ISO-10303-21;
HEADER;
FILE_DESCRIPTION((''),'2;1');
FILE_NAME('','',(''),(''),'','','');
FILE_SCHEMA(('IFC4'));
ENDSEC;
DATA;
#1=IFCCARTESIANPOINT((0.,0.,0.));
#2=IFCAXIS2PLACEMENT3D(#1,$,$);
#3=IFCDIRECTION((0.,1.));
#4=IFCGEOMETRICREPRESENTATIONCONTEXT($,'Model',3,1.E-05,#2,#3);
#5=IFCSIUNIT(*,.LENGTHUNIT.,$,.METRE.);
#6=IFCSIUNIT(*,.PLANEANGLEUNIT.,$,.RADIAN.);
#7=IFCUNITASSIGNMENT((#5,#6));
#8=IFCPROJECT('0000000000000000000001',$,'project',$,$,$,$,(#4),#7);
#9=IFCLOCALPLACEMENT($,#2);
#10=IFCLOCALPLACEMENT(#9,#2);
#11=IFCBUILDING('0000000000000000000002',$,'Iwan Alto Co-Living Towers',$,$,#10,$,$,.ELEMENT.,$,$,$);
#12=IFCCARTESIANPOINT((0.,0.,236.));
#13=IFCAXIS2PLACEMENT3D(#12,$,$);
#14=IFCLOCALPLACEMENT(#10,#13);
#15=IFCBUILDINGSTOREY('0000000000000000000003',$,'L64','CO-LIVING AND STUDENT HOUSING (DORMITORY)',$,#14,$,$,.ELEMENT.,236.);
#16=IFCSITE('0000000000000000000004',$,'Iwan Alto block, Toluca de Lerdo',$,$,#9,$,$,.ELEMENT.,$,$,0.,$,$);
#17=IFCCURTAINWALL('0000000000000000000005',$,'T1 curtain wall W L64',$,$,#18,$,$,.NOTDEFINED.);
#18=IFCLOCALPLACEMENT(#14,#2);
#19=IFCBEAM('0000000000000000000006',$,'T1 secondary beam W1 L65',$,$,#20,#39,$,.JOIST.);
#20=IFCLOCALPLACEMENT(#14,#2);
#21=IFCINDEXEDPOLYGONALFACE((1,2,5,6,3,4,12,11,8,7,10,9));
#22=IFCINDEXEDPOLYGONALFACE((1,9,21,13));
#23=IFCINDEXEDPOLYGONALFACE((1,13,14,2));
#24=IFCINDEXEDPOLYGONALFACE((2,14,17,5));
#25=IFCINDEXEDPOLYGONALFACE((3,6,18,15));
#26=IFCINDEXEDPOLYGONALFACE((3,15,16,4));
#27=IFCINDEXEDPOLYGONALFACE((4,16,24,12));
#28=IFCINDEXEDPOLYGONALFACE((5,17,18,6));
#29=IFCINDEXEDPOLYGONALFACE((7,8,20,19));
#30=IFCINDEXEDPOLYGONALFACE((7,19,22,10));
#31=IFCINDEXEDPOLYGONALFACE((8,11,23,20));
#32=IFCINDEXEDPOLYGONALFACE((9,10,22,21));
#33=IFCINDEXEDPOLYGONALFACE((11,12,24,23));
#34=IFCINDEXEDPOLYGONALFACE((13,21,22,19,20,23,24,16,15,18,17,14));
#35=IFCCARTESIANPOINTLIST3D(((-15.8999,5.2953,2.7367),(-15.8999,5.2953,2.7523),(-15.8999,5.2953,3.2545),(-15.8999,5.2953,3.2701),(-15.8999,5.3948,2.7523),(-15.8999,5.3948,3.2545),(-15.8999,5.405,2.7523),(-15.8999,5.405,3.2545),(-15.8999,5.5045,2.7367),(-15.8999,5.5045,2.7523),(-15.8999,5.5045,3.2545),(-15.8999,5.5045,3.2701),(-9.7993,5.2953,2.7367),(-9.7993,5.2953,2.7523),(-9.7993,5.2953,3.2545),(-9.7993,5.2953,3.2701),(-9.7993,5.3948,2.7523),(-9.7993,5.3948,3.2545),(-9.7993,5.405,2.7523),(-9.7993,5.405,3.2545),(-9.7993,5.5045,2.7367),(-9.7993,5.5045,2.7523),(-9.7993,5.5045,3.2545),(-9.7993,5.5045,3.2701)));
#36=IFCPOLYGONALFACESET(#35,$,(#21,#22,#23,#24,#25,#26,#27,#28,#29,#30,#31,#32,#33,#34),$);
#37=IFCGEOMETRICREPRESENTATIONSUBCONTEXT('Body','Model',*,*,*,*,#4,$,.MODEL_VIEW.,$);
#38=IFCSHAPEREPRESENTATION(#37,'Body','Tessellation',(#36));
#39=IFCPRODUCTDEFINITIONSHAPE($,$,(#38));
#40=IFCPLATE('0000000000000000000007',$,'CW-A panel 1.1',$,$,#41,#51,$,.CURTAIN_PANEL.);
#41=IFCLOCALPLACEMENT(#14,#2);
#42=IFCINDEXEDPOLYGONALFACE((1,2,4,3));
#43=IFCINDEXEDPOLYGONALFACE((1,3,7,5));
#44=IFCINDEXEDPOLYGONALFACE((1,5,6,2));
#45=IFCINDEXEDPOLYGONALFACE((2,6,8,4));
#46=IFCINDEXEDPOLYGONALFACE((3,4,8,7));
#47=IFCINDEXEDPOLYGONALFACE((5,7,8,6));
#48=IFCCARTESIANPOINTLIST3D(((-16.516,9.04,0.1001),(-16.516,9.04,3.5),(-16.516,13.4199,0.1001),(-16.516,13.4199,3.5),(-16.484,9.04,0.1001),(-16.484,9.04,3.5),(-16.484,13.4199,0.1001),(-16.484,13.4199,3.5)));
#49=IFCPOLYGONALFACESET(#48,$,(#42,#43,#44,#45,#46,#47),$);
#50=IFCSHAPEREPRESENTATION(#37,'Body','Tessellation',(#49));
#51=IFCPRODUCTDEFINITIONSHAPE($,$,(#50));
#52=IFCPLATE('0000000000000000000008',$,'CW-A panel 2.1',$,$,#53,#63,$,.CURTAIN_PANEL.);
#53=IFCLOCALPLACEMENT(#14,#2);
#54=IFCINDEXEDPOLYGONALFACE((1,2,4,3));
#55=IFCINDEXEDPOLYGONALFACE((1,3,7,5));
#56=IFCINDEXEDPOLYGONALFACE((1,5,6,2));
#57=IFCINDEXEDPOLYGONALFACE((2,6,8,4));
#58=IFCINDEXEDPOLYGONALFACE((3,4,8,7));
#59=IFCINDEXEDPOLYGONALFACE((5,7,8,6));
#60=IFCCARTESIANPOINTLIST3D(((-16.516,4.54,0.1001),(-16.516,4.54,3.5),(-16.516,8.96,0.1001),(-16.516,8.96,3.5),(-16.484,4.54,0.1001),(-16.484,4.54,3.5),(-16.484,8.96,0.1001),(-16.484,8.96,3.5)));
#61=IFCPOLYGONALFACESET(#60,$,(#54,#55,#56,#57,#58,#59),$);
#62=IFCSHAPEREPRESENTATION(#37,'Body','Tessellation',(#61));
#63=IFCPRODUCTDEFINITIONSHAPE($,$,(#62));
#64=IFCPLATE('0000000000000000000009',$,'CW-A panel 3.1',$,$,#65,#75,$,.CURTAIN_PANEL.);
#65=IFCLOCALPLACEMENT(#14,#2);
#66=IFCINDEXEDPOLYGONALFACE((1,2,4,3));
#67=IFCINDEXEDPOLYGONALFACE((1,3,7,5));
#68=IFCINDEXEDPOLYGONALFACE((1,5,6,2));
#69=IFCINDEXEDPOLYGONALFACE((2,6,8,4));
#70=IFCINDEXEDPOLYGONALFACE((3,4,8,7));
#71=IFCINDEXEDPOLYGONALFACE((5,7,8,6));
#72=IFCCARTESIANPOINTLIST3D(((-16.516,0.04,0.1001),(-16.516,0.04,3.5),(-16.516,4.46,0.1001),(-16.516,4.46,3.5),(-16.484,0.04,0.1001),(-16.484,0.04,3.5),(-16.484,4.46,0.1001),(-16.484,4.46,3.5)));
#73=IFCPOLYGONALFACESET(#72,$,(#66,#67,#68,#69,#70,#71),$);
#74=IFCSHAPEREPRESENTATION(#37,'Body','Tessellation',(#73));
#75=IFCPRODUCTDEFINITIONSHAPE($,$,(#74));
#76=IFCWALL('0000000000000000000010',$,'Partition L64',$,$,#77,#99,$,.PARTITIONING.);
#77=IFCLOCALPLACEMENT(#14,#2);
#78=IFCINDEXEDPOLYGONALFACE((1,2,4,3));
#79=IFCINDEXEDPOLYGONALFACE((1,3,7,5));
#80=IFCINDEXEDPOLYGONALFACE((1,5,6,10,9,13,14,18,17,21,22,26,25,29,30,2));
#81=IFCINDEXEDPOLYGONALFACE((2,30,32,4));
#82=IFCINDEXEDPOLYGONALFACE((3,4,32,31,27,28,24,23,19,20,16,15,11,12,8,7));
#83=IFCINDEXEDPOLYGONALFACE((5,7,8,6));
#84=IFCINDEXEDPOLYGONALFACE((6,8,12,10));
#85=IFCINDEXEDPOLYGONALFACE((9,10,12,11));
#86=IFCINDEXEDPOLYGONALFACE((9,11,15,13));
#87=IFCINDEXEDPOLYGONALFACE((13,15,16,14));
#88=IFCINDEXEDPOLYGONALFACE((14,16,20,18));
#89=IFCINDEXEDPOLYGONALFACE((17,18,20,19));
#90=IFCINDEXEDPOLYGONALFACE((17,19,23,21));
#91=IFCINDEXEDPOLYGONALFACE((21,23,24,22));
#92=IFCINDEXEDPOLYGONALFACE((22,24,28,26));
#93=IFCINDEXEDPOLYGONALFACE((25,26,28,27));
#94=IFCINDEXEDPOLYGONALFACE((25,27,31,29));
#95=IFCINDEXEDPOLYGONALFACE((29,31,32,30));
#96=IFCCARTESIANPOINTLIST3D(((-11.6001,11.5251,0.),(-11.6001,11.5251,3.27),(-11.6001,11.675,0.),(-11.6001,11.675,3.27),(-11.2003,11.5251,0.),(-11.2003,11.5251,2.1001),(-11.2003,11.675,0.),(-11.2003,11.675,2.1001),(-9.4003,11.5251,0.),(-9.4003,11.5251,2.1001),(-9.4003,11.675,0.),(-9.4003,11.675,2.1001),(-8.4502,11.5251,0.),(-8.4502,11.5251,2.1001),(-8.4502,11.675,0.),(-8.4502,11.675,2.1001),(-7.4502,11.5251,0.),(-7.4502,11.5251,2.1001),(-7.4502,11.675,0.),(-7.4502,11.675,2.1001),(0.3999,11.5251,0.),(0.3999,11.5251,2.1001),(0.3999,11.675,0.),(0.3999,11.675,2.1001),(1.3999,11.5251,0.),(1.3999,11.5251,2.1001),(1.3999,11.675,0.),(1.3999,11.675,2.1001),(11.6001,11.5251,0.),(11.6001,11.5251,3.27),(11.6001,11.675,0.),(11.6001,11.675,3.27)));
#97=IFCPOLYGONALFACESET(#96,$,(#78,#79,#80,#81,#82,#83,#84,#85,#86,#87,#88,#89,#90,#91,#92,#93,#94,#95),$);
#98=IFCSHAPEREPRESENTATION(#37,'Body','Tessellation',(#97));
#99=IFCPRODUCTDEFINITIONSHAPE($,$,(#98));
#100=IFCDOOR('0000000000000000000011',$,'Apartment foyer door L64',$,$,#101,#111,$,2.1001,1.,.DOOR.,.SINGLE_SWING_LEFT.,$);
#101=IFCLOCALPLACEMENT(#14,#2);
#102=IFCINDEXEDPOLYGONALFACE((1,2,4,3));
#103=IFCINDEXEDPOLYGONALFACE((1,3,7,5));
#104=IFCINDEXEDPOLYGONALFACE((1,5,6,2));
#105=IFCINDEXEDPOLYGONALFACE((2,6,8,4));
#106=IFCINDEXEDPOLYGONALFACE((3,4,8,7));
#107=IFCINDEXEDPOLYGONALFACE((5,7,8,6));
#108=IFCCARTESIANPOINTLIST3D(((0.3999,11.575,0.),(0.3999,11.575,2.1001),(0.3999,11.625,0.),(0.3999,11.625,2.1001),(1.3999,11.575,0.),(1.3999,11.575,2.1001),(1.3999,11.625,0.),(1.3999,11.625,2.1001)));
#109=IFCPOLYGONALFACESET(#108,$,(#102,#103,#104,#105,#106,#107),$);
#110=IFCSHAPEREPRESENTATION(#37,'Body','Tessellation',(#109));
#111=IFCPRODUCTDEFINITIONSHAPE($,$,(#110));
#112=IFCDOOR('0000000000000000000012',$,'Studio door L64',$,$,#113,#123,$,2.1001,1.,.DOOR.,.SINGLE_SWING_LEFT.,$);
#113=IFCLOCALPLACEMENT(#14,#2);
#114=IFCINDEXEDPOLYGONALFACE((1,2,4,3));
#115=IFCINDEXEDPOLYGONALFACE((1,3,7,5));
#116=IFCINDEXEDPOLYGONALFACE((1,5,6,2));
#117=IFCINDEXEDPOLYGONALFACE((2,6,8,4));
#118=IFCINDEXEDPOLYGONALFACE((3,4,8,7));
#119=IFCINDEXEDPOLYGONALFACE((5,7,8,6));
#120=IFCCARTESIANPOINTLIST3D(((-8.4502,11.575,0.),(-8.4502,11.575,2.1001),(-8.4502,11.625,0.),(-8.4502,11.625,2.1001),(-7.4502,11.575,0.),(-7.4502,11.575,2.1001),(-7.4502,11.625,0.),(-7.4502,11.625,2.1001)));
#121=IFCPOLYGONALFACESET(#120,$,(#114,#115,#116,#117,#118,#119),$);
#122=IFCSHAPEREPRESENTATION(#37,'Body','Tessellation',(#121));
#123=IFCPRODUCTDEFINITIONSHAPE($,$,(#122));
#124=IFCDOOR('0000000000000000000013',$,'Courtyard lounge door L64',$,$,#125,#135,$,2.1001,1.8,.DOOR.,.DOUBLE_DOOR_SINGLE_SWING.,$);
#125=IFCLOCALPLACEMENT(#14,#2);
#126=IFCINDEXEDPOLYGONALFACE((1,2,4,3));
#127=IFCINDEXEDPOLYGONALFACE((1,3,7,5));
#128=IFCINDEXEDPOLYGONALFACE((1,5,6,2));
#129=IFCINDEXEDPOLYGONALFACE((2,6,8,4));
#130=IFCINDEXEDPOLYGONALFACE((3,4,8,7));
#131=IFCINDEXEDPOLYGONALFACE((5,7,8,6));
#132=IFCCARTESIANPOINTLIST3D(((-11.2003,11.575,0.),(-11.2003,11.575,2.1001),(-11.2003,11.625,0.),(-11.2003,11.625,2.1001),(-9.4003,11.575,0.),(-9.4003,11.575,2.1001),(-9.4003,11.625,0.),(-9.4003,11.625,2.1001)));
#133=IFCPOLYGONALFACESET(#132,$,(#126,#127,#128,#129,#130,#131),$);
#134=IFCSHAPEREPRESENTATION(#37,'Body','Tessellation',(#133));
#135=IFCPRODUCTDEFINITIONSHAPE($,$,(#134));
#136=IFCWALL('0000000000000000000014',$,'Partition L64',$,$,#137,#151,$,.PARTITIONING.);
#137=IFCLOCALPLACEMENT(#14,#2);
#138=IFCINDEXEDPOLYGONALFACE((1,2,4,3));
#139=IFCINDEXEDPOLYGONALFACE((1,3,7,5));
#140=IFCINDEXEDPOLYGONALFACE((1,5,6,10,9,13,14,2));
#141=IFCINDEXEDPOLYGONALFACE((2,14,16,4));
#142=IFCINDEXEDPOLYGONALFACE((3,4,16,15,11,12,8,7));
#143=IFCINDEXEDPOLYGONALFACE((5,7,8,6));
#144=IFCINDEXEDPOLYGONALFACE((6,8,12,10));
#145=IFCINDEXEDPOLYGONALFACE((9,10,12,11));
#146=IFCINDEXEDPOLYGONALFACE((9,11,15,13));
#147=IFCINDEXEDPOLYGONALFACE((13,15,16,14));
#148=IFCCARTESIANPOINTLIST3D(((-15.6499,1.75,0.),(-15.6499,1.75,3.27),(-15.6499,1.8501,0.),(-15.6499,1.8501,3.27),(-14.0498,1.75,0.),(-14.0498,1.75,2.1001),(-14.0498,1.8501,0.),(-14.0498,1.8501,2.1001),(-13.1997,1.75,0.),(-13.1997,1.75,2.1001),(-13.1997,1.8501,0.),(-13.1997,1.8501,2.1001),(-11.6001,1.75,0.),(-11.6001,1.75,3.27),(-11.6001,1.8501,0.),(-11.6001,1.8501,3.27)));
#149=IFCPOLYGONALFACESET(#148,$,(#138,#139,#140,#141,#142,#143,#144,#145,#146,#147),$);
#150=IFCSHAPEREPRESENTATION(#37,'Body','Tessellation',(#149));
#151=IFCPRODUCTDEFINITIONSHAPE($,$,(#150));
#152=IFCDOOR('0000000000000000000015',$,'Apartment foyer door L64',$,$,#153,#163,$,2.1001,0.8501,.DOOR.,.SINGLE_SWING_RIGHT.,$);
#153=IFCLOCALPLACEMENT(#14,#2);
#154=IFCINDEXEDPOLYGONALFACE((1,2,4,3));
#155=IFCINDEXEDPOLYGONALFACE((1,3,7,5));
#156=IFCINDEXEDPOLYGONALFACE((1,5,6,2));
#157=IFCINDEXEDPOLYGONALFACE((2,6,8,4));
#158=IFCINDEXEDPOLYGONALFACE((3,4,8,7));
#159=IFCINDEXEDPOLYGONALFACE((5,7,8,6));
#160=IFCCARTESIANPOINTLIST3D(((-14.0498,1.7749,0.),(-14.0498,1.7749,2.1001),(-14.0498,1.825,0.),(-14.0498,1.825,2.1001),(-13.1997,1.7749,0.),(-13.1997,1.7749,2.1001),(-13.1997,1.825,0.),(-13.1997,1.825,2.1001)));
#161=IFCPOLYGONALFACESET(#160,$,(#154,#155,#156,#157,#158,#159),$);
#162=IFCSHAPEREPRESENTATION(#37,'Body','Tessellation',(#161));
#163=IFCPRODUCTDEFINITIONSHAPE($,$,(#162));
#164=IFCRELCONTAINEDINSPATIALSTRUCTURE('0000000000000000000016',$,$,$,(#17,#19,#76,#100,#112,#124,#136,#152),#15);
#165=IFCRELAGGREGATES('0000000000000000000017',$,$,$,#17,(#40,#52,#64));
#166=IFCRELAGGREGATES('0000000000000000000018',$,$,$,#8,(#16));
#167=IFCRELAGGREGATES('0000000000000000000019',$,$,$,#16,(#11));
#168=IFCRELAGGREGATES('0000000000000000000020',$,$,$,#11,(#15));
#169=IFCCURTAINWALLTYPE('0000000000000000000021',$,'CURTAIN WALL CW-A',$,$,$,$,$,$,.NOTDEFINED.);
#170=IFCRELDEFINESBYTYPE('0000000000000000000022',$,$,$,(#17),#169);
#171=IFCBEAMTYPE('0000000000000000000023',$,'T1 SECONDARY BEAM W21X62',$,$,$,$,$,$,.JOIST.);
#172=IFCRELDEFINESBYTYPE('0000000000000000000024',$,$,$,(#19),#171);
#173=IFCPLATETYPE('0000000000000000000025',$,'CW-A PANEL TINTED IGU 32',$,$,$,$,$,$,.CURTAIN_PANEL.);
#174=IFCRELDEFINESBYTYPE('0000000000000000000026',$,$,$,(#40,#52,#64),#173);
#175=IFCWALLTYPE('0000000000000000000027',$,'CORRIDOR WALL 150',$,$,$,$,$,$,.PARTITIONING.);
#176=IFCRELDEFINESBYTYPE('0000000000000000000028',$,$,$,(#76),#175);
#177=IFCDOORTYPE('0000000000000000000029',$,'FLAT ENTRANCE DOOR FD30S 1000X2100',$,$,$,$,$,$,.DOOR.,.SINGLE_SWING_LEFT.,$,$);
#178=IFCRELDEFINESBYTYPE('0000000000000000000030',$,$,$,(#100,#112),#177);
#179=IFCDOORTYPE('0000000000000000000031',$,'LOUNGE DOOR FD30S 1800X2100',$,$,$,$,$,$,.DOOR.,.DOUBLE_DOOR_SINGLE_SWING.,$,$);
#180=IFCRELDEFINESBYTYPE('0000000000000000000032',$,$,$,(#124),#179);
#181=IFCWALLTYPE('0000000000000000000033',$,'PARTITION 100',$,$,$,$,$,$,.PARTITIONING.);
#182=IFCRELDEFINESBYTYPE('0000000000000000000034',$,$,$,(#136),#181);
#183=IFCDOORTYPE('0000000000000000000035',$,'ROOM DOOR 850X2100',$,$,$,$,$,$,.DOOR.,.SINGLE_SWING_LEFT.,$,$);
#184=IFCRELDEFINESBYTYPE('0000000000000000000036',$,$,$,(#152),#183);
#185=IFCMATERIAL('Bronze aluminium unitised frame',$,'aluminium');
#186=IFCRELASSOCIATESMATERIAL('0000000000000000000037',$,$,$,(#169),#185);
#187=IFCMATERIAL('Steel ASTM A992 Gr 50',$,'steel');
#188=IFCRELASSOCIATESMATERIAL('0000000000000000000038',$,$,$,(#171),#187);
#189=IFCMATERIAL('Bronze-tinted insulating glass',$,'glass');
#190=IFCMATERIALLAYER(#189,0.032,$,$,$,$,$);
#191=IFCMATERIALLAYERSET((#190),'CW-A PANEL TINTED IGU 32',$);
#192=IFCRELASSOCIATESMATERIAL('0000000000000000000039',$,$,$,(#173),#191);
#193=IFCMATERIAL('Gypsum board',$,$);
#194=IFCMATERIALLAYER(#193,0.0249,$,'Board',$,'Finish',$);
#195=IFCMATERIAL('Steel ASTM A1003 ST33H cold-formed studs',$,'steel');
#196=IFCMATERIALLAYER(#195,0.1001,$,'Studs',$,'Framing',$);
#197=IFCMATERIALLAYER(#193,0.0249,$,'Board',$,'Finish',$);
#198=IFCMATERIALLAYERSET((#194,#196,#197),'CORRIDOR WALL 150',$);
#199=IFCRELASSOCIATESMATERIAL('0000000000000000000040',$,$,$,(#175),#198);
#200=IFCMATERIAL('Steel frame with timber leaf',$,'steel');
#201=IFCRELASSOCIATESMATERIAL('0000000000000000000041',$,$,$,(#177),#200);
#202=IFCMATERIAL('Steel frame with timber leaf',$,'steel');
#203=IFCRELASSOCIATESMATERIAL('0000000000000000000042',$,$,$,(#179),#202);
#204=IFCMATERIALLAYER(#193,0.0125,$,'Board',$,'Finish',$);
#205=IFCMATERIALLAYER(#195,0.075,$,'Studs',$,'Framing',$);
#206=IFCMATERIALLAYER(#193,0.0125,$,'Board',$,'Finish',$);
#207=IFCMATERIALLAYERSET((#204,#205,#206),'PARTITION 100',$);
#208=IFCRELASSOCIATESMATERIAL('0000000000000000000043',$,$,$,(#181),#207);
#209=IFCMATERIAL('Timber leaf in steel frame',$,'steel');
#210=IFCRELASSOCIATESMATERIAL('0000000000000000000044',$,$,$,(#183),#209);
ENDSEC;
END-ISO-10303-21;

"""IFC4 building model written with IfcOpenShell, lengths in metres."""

from ifc_helpers import new_model, si_unit, direction, frame, frame_2d, origin, origin_2d, place, context, subcontext, project, spatial, rectangle, i_section, extrude, material, layer, layer_set, material_profile, profile_set, type_object, element, fill, aggregate, save


model = new_model("IFC4")

# Units and contexts
model_context = context("Model", 3, precision=1e-05, world=origin(), true_north=direction((0.0, 1.0)))
body_context = subcontext(model_context, "Body", "Model", "MODEL_VIEW")
ifc_project = project(units=[si_unit("LENGTHUNIT", "METRE"), si_unit("PLANEANGLEUNIT", "RADIAN")], contexts=[model_context])

# Site, building, storey
site_placement = place(None, origin())
site = spatial("IfcSite", under=ifc_project, at=site_placement, Name="Iwan Alto block, Toluca de Lerdo", CompositionType="ELEMENT", RefElevation=0.0)
building_placement = place(site_placement, origin())
building = spatial("IfcBuilding", under=site, at=building_placement, Name="Iwan Alto Co-Living Towers", CompositionType="ELEMENT")
storey_placement = place(building_placement, frame((0.0, 0.0, 236.0)))
storey = spatial("IfcBuildingStorey", under=building, at=storey_placement, Name="L64", Description="CO-LIVING AND STUDENT HOUSING (DORMITORY)", CompositionType="ELEMENT", Elevation=236.0)

# Curtain wall
ifc_material_1 = material(Name="Bronze aluminium unitised frame", Category="aluminium")
curtain_wall_type = type_object("IfcCurtainWallType", Name="CURTAIN WALL CW-A", PredefinedType="NOTDEFINED", material=ifc_material_1)
curtain_wall_placement = place(storey_placement, origin())
curtain_wall = element("IfcCurtainWall", 1, at=curtain_wall_placement, inside=storey, type_object=curtain_wall_type, Name="T1 curtain wall W L64", PredefinedType="NOTDEFINED")

# Beam
ifc_material_2 = material(Name="Steel ASTM A992 Gr 50", Category="steel")
ifc_material_profile_1 = material_profile(ifc_material_2, i_section(OverallWidth=0.2092, OverallDepth=0.5334, WebThickness=0.0103, FlangeThickness=0.0156, at=origin_2d()), Name="W21X62")
ifc_profile_set_1 = profile_set([ifc_material_profile_1], Name="Steel ASTM A992 Gr 50")
beam_type_1 = type_object("IfcBeamType", Name="T1 SECONDARY BEAM W21X62", PredefinedType="JOIST", material=ifc_profile_set_1)
beam_1_placement = place(storey_placement, frame((-15.8999, 5.3999, 3.0034), z_axis=(1.0, 0.0, 0.0), x_axis=(0.0, 1.0, 0.0)))
element("IfcBeam", 2, at=beam_1_placement, inside=storey, type_object=beam_type_1, Name="T1 secondary beam W1 L65", PredefinedType="JOIST", context=body_context, shape_type="SweptSolid", body=[
    extrude(i_section(OverallWidth=0.2092, OverallDepth=0.5334, WebThickness=0.0103, FlangeThickness=0.0156, at=origin_2d()), origin(), (0.0, 0.0, 1.0), 6.1006),
])

# Plates
ifc_material_3 = material(Name="Bronze-tinted insulating glass", Category="glass")
ifc_layer_1 = layer(ifc_material_3, 0.032)
ifc_layer_set_1 = layer_set([ifc_layer_1], Name="CW-A PANEL TINTED IGU 32")
plate_type = type_object("IfcPlateType", Name="CW-A PANEL TINTED IGU 32", PredefinedType="CURTAIN_PANEL", material=ifc_layer_set_1)
plate_1_placement = place(storey_placement, frame((-16.5, 11.23, 0.1001), z_axis=(0.0, 0.0, 1.0), x_axis=(0.0, -1.0, 0.0)))
plate_1 = element("IfcPlate", 3, at=plate_1_placement, type_object=plate_type, Name="CW-A panel 1.1", PredefinedType="CURTAIN_PANEL", context=body_context, shape_type="SweptSolid", body=[
    extrude(rectangle(XDim=4.3799, YDim=0.032, at=origin_2d()), origin(), (0.0, 0.0, 1.0), 3.3999),
])
plate_2_placement = place(storey_placement, frame((-16.5, 6.75, 0.1001), z_axis=(0.0, 0.0, 1.0), x_axis=(0.0, -1.0, 0.0)))
plate_2 = element("IfcPlate", 4, at=plate_2_placement, type_object=plate_type, Name="CW-A panel 2.1", PredefinedType="CURTAIN_PANEL", context=body_context, shape_type="SweptSolid", body=[
    extrude(rectangle(XDim=4.4199, YDim=0.032, at=origin_2d()), origin(), (0.0, 0.0, 1.0), 3.3999),
])
plate_3_placement = place(storey_placement, frame((-16.5, 2.25, 0.1001), z_axis=(0.0, 0.0, 1.0), x_axis=(0.0, -1.0, 0.0)))
plate_3 = element("IfcPlate", 5, at=plate_3_placement, type_object=plate_type, Name="CW-A panel 3.1", PredefinedType="CURTAIN_PANEL", context=body_context, shape_type="SweptSolid", body=[
    extrude(rectangle(XDim=4.4199, YDim=0.032, at=origin_2d()), origin(), (0.0, 0.0, 1.0), 3.3999),
])
aggregate(curtain_wall, [plate_1, plate_2, plate_3])

# Wall, openings, doors
ifc_material_4 = material(Name="Gypsum board")
ifc_layer_2 = layer(ifc_material_4, 0.0249, Name="Board", Category="Finish")
ifc_material_5 = material(Name="Steel ASTM A1003 ST33H cold-formed studs", Category="steel")
ifc_layer_3 = layer(ifc_material_5, 0.1001, Name="Studs", Category="Framing")
ifc_layer_4 = layer(ifc_material_4, 0.0249, Name="Board", Category="Finish")
ifc_layer_set_2 = layer_set([ifc_layer_2, ifc_layer_3, ifc_layer_4], Name="CORRIDOR WALL 150")
wall_type_1 = type_object("IfcWallType", Name="CORRIDOR WALL 150", PredefinedType="PARTITIONING", material=ifc_layer_set_2)
wall_1_placement = place(storey_placement, frame((-11.6001, 11.6001, 0.0), z_axis=(0.0, 0.0, 1.0), x_axis=(1.0, 0.0, 0.0)))
wall_1 = element("IfcWall", 6, at=wall_1_placement, inside=storey, type_object=wall_type_1, Name="Partition L64", PredefinedType="PARTITIONING", context=body_context, shape_type="SweptSolid", body=[
    extrude(rectangle(XDim=23.2002, YDim=0.1499, at=frame_2d((11.6001, 0.0))), origin(), (0.0, 0.0, 1.0), 3.27),
])
opening_1_placement = place(wall_1_placement, frame((12.0, 0.0, 0.0)))
opening_1 = element("IfcOpeningElement", 7, at=opening_1_placement, cuts=wall_1, PredefinedType="OPENING", context=body_context, shape_type="SweptSolid", body=[
    extrude(rectangle(XDim=1.0, YDim=2.1001, at=frame_2d((0.5, 1.05))), frame((0.0, 0.085, 0.0), z_axis=(0.0, -1.0, 0.0), x_axis=(1.0, 0.0, 0.0)), (0.0, 0.0, 1.0), 0.1699),
])
opening_2_placement = place(wall_1_placement, frame((3.1499, 0.0, 0.0)))
opening_2 = element("IfcOpeningElement", 8, at=opening_2_placement, cuts=wall_1, PredefinedType="OPENING", context=body_context, shape_type="SweptSolid", body=[
    extrude(rectangle(XDim=1.0, YDim=2.1001, at=frame_2d((0.5, 1.05))), frame((0.0, 0.085, 0.0), z_axis=(0.0, -1.0, 0.0), x_axis=(1.0, 0.0, 0.0)), (0.0, 0.0, 1.0), 0.1699),
])
opening_3_placement = place(wall_1_placement, frame((0.3999, 0.0, 0.0)))
opening_3 = element("IfcOpeningElement", 9, at=opening_3_placement, cuts=wall_1, PredefinedType="OPENING", context=body_context, shape_type="SweptSolid", body=[
    extrude(rectangle(XDim=1.8, YDim=2.1001, at=frame_2d((0.8999, 1.05))), frame((0.0, 0.085, 0.0), z_axis=(0.0, -1.0, 0.0), x_axis=(1.0, 0.0, 0.0)), (0.0, 0.0, 1.0), 0.1699),
])
ifc_material_6 = material(Name="Steel frame with timber leaf", Category="steel")
door_type_1 = type_object("IfcDoorType", Name="FLAT ENTRANCE DOOR FD30S 1000X2100", OperationType="SINGLE_SWING_LEFT", PredefinedType="DOOR", material=ifc_material_6)
door_1_placement = place(opening_1_placement, origin())
door_1 = element("IfcDoor", 10, at=door_1_placement, inside=storey, type_object=door_type_1, Name="Apartment foyer door L64", OperationType="SINGLE_SWING_LEFT", OverallHeight=2.1001, OverallWidth=1.0, PredefinedType="DOOR", context=body_context, shape_type="SweptSolid", body=[
    extrude(rectangle(XDim=1.0, YDim=2.1001, at=frame_2d((0.5, 1.05))), frame((0.0, 0.0249, 0.0), z_axis=(0.0, -1.0, 0.0), x_axis=(1.0, 0.0, 0.0)), (0.0, 0.0, 1.0), 0.05),
])
fill(opening_1, door_1)
door_2_placement = place(opening_2_placement, origin())
door_2 = element("IfcDoor", 11, at=door_2_placement, inside=storey, type_object=door_type_1, Name="Studio door L64", OperationType="SINGLE_SWING_LEFT", OverallHeight=2.1001, OverallWidth=1.0, PredefinedType="DOOR", context=body_context, shape_type="SweptSolid", body=[
    extrude(rectangle(XDim=1.0, YDim=2.1001, at=frame_2d((0.5, 1.05))), frame((0.0, 0.0249, 0.0), z_axis=(0.0, -1.0, 0.0), x_axis=(1.0, 0.0, 0.0)), (0.0, 0.0, 1.0), 0.05),
])
fill(opening_2, door_2)
ifc_material_7 = material(Name="Steel frame with timber leaf", Category="steel")
door_type_2 = type_object("IfcDoorType", Name="LOUNGE DOOR FD30S 1800X2100", OperationType="DOUBLE_DOOR_SINGLE_SWING", PredefinedType="DOOR", material=ifc_material_7)
door_3_placement = place(opening_3_placement, origin())
door_3 = element("IfcDoor", 12, at=door_3_placement, inside=storey, type_object=door_type_2, Name="Courtyard lounge door L64", OperationType="DOUBLE_DOOR_SINGLE_SWING", OverallHeight=2.1001, OverallWidth=1.8, PredefinedType="DOOR", context=body_context, shape_type="SweptSolid", body=[
    extrude(rectangle(XDim=1.8, YDim=2.1001, at=frame_2d((0.8999, 1.05))), frame((0.0, 0.0249, 0.0), z_axis=(0.0, -1.0, 0.0), x_axis=(1.0, 0.0, 0.0)), (0.0, 0.0, 1.0), 0.05),
])
fill(opening_3, door_3)

# Wall, opening, door
ifc_layer_5 = layer(ifc_material_4, 0.0125, Name="Board", Category="Finish")
ifc_layer_6 = layer(ifc_material_5, 0.075, Name="Studs", Category="Framing")
ifc_layer_7 = layer(ifc_material_4, 0.0125, Name="Board", Category="Finish")
ifc_layer_set_3 = layer_set([ifc_layer_5, ifc_layer_6, ifc_layer_7], Name="PARTITION 100")
wall_type_2 = type_object("IfcWallType", Name="PARTITION 100", PredefinedType="PARTITIONING", material=ifc_layer_set_3)
wall_2_placement = place(storey_placement, frame((-15.6499, 1.8, 0.0), z_axis=(0.0, 0.0, 1.0), x_axis=(1.0, 0.0, 0.0)))
wall_2 = element("IfcWall", 13, at=wall_2_placement, inside=storey, type_object=wall_type_2, Name="Partition L64", PredefinedType="PARTITIONING", context=body_context, shape_type="SweptSolid", body=[
    extrude(rectangle(XDim=4.0498, YDim=0.1001, at=frame_2d((2.0249, 0.0))), origin(), (0.0, 0.0, 1.0), 3.27),
])
opening_4_placement = place(wall_2_placement, frame((1.6001, 0.0, 0.0)))
opening_4 = element("IfcOpeningElement", 14, at=opening_4_placement, cuts=wall_2, PredefinedType="OPENING", context=body_context, shape_type="SweptSolid", body=[
    extrude(rectangle(XDim=0.8501, YDim=2.1001, at=frame_2d((0.425, 1.05))), frame((0.0, 0.0601, 0.0), z_axis=(0.0, -1.0, 0.0), x_axis=(1.0, 0.0, 0.0)), (0.0, 0.0, 1.0), 0.1201),
])
ifc_material_8 = material(Name="Timber leaf in steel frame", Category="steel")
door_type_3 = type_object("IfcDoorType", Name="ROOM DOOR 850X2100", OperationType="SINGLE_SWING_LEFT", PredefinedType="DOOR", material=ifc_material_8)
door_4_placement = place(opening_4_placement, origin())
door_4 = element("IfcDoor", 15, at=door_4_placement, inside=storey, type_object=door_type_3, Name="Apartment foyer door L64", OperationType="SINGLE_SWING_RIGHT", OverallHeight=2.1001, OverallWidth=0.8501, PredefinedType="DOOR", context=body_context, shape_type="SweptSolid", body=[
    extrude(rectangle(XDim=0.8501, YDim=2.1001, at=frame_2d((0.425, 1.05))), frame((0.0, 0.0249, 0.0), z_axis=(0.0, -1.0, 0.0), x_axis=(1.0, 0.0, 0.0)), (0.0, 0.0, 1.0), 0.05),
])
fill(opening_4, door_4)

save(model, "model.ifc")
